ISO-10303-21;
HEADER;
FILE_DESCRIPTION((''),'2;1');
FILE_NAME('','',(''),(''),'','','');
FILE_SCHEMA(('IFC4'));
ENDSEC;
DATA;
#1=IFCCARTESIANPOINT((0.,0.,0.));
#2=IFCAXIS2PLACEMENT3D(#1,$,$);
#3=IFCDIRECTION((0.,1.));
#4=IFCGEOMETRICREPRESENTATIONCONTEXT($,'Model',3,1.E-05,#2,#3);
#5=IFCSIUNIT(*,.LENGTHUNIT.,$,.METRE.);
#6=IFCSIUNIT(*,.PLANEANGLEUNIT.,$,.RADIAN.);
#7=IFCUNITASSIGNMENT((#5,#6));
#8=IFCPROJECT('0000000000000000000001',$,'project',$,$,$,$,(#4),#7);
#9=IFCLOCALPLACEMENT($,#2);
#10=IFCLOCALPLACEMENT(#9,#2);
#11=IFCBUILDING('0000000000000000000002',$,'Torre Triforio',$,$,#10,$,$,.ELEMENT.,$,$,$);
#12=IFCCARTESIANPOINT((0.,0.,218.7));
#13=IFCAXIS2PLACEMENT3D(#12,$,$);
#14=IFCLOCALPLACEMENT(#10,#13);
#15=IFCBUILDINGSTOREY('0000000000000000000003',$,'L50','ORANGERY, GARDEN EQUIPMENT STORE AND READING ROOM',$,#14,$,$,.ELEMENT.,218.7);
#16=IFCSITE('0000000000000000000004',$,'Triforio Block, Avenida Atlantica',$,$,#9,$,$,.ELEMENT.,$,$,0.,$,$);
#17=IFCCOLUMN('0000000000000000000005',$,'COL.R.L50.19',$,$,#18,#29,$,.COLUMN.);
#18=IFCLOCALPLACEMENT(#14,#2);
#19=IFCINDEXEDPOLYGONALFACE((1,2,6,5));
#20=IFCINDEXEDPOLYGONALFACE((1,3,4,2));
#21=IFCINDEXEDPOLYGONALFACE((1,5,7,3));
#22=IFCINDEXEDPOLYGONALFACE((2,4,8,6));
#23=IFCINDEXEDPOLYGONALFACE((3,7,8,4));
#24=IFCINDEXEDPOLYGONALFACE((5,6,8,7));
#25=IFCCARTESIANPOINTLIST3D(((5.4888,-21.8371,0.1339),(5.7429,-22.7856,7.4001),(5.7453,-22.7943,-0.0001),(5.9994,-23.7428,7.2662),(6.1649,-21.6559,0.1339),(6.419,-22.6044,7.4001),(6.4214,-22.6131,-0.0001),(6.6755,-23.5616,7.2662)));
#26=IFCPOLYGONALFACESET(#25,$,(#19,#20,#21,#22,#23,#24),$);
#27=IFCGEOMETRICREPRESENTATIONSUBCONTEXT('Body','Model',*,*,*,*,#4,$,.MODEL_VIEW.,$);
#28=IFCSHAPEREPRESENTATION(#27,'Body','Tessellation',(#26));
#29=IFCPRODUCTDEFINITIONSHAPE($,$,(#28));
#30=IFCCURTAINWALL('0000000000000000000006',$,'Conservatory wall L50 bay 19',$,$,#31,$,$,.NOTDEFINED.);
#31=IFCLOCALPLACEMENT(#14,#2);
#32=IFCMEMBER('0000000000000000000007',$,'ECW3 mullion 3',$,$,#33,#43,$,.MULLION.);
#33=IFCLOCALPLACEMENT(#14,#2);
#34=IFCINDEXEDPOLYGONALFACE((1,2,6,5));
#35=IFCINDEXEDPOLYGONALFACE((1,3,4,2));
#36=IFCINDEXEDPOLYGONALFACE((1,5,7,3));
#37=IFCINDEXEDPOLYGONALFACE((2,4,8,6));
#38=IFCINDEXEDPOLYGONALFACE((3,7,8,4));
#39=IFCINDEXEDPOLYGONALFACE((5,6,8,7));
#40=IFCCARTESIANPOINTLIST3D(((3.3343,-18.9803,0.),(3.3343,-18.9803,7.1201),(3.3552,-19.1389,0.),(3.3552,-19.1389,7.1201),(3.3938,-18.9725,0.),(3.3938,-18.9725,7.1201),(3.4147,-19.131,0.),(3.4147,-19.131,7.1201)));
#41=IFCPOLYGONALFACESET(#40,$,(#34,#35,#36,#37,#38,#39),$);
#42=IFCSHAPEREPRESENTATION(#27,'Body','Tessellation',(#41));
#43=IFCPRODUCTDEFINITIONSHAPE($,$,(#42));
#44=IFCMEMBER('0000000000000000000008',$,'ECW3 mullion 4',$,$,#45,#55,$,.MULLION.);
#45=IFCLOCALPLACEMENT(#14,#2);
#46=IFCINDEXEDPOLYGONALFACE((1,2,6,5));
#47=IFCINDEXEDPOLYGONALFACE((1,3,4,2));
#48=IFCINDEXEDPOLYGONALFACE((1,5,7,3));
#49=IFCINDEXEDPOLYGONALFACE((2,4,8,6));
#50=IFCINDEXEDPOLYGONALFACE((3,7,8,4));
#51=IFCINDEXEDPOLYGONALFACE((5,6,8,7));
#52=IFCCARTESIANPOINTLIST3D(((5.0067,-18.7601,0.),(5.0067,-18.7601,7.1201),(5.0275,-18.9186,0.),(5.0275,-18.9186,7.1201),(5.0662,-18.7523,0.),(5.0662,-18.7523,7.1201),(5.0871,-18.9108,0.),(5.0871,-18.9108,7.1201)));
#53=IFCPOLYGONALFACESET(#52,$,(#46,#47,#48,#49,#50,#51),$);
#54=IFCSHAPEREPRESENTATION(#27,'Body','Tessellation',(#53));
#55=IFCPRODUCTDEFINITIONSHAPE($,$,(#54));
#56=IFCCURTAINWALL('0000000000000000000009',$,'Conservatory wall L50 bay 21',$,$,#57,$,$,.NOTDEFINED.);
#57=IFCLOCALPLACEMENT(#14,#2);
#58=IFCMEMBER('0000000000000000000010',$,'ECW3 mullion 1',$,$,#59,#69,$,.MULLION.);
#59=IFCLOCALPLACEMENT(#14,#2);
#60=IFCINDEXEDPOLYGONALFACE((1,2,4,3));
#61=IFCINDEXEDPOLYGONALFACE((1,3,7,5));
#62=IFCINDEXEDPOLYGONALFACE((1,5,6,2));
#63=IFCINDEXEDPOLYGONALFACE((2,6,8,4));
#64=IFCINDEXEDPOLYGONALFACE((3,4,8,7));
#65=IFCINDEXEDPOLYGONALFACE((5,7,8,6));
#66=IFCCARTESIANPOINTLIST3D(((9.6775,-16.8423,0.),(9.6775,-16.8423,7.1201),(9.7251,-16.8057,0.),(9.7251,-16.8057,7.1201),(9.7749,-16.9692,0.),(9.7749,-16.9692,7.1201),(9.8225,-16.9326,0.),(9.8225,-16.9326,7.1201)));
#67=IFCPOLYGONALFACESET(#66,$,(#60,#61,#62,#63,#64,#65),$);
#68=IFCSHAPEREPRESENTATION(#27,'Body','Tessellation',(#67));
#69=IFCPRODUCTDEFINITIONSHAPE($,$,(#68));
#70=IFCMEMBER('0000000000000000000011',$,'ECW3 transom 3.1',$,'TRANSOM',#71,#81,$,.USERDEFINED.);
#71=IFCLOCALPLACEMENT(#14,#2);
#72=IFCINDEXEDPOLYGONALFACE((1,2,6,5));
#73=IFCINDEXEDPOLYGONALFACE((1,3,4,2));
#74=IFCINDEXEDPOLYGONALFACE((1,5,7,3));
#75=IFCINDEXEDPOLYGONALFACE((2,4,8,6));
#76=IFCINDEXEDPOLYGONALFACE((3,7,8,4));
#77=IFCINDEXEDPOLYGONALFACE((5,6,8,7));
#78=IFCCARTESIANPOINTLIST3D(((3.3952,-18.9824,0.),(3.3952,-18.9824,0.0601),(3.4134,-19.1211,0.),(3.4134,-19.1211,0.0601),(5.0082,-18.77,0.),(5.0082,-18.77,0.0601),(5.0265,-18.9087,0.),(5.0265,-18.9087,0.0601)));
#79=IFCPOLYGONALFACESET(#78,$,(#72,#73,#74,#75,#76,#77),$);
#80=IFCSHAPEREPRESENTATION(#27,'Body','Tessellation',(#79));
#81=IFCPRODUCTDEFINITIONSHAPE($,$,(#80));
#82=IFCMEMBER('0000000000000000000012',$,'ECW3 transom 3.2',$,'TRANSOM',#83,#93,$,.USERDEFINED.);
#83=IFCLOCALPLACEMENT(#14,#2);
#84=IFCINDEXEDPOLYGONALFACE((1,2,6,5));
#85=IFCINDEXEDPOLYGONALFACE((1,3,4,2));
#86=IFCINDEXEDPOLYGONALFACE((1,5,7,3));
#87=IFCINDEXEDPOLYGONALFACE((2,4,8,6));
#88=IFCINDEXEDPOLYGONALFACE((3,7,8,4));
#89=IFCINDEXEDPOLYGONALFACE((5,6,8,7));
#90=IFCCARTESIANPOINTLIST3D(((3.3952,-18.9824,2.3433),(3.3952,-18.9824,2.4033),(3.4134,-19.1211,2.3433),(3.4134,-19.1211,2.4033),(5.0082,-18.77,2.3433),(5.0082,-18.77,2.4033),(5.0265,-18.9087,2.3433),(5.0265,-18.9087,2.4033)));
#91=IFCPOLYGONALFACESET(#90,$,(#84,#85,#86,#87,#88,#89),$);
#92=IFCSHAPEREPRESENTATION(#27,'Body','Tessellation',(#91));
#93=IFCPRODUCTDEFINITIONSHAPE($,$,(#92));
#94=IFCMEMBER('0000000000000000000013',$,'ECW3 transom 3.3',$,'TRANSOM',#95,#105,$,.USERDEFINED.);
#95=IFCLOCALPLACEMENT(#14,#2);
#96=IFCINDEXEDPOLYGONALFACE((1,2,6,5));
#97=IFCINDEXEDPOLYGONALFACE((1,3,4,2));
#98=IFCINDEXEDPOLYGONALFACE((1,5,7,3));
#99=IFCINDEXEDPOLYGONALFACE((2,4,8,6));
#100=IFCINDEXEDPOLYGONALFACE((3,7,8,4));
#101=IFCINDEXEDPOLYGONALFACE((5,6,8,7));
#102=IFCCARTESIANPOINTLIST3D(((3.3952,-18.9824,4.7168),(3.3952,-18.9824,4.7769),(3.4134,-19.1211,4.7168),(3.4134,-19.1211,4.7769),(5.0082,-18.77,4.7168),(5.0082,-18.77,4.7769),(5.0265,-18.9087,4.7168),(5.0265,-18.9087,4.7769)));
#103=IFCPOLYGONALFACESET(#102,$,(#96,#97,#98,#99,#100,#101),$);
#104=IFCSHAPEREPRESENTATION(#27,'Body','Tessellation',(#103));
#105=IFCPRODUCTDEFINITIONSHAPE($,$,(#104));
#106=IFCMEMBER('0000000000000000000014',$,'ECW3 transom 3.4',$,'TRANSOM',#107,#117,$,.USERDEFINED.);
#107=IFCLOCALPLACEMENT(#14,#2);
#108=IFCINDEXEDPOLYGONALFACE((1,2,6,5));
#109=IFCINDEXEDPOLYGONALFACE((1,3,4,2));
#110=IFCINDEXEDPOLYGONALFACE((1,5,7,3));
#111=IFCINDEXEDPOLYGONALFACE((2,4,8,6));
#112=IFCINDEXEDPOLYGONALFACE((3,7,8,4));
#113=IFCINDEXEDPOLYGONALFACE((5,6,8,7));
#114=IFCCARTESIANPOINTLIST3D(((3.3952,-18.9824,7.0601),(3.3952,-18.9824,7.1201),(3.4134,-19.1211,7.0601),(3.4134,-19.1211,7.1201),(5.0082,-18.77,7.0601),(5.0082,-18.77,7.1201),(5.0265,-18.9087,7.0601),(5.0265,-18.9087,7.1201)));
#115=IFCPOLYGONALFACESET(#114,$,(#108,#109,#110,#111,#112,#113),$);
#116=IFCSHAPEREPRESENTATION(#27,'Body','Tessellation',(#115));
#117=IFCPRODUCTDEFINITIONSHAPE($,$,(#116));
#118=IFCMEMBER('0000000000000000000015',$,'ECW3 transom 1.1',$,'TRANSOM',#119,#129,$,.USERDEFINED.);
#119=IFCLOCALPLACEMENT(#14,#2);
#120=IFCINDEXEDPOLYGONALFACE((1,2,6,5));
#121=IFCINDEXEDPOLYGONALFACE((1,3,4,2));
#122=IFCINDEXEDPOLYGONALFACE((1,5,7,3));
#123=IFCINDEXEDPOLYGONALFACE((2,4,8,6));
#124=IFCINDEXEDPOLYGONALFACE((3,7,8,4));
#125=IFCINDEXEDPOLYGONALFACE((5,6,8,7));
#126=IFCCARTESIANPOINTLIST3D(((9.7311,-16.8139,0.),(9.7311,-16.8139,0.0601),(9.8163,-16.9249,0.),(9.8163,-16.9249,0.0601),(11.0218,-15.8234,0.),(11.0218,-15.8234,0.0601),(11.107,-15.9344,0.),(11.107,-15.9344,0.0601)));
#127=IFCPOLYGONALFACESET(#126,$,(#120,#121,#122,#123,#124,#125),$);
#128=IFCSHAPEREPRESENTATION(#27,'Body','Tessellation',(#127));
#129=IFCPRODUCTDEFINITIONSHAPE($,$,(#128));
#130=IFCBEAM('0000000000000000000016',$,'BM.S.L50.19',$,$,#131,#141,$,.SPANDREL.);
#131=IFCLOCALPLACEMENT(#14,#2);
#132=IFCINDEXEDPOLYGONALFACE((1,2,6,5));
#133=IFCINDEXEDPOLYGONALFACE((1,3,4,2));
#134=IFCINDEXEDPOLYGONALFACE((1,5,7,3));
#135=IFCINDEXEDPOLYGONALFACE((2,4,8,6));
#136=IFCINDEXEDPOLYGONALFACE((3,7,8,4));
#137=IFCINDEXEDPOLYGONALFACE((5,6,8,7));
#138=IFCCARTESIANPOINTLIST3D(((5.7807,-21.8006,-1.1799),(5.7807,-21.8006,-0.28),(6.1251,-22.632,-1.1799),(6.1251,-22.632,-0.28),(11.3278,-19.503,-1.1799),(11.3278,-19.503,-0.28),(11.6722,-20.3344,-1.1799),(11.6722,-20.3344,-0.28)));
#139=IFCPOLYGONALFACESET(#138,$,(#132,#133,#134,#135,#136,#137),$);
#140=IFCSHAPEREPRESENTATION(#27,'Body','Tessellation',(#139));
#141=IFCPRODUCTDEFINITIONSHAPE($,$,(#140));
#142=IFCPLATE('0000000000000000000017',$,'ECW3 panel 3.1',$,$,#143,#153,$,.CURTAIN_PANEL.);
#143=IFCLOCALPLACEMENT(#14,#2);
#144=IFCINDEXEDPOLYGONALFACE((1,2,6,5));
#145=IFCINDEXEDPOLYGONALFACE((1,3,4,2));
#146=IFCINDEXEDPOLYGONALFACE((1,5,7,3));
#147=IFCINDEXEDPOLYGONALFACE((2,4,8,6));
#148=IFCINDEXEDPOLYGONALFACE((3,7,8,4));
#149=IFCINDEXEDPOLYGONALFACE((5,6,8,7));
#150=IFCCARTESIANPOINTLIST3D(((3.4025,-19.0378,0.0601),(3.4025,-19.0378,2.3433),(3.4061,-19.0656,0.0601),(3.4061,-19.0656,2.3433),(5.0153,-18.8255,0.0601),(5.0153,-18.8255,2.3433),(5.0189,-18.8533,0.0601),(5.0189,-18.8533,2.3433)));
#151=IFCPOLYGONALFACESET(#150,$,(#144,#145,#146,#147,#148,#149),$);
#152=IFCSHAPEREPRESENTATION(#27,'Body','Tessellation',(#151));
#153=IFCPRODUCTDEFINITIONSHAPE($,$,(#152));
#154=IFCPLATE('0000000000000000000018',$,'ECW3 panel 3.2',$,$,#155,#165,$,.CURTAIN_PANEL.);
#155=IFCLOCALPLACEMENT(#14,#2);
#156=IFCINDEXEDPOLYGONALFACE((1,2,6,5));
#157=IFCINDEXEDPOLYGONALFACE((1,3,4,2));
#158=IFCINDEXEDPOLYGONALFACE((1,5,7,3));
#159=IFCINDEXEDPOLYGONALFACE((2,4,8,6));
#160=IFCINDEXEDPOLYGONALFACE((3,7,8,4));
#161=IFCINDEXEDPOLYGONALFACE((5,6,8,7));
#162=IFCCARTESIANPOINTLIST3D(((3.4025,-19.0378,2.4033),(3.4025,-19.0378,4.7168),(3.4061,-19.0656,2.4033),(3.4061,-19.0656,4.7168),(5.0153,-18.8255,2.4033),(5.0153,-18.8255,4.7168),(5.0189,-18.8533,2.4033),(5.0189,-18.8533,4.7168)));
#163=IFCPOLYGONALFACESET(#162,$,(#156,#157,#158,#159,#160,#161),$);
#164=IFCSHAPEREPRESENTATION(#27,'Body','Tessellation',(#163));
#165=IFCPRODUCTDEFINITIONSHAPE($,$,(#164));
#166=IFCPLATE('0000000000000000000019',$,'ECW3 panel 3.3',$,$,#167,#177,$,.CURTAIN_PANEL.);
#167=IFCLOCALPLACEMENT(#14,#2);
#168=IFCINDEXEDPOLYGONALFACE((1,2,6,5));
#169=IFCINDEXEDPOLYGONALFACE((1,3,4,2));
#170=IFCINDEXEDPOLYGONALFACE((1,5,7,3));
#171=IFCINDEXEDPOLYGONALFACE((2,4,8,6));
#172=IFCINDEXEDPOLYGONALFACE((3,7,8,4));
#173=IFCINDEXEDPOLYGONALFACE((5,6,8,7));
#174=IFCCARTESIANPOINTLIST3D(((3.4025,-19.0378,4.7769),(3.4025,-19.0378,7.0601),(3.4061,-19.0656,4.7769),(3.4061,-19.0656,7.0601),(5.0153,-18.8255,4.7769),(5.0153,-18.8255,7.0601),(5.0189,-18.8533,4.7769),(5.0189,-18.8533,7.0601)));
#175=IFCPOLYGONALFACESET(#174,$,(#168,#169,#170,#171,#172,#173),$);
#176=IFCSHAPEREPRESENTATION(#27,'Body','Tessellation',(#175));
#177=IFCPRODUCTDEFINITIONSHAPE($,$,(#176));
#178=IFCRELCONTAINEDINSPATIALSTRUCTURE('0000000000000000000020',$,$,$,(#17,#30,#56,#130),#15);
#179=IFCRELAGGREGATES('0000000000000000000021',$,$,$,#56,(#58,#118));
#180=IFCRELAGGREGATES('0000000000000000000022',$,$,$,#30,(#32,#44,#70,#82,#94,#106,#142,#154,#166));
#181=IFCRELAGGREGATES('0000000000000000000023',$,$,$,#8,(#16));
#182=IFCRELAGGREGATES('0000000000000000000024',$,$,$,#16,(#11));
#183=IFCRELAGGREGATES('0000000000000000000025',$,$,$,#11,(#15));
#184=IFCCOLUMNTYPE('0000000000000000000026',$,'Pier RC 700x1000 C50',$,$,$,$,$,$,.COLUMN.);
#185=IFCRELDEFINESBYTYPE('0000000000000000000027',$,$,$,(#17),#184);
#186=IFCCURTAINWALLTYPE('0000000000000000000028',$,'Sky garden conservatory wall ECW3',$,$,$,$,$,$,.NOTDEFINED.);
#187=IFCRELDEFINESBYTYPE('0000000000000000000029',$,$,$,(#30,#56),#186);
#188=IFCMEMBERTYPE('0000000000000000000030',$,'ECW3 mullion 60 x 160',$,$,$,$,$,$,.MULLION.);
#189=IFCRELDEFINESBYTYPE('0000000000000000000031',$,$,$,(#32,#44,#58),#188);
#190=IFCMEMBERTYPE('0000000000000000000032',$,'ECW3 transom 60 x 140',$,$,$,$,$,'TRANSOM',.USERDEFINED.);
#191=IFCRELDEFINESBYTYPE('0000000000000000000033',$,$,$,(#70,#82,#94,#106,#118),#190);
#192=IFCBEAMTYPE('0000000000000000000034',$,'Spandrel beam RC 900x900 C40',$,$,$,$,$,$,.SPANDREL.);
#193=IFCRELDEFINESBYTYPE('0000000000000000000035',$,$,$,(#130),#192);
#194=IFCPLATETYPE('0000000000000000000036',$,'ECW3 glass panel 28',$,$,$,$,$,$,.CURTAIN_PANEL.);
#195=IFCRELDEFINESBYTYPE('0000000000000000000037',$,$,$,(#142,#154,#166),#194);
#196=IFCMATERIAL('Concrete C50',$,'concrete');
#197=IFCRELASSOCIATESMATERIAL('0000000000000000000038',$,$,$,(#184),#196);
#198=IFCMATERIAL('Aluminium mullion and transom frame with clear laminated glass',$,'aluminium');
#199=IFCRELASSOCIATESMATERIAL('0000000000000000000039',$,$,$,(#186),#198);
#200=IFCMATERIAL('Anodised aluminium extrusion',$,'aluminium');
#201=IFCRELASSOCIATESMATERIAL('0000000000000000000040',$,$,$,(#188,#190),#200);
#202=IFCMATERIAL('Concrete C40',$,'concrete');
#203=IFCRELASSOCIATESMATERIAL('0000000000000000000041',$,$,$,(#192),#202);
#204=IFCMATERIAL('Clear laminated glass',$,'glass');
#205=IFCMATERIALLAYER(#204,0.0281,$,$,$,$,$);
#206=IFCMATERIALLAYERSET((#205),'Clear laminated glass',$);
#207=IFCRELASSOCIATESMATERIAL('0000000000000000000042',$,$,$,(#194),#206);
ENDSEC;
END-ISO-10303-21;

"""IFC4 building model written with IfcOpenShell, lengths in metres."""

from ifc_helpers import new_model, si_unit, direction, frame, origin, origin_2d, place, context, subcontext, project, spatial, rectangle, extrude, material, layer, layer_set, material_profile, profile_set, type_object, element, aggregate, save


model = new_model("IFC4")

# Units and contexts
model_context = context("Model", 3, precision=1e-05, world=origin(), true_north=direction((0.0, 1.0)))
body_context = subcontext(model_context, "Body", "Model", "MODEL_VIEW")
ifc_project = project(units=[si_unit("LENGTHUNIT", "METRE"), si_unit("PLANEANGLEUNIT", "RADIAN")], contexts=[model_context])

# Site, building, storey
site_placement = place(None, origin())
site = spatial("IfcSite", under=ifc_project, at=site_placement, Name="Triforio Block, Avenida Atlantica", CompositionType="ELEMENT", RefElevation=0.0)
building_placement = place(site_placement, origin())
building = spatial("IfcBuilding", under=site, at=building_placement, Name="Torre Triforio", CompositionType="ELEMENT")
storey_placement = place(building_placement, frame((0.0, 0.0, 218.7)))
storey = spatial("IfcBuildingStorey", under=building, at=storey_placement, Name="L50", Description="ORANGERY, GARDEN EQUIPMENT STORE AND READING ROOM", CompositionType="ELEMENT", Elevation=218.7)

# Column
ifc_material_1 = material(Name="Concrete C50", Category="concrete")
ifc_material_profile_1 = material_profile(ifc_material_1, rectangle(XDim=0.7, YDim=1.0, at=origin_2d()), Name="RC 700x1000")
ifc_profile_set_1 = profile_set([ifc_material_profile_1], Name="Concrete C50")
column_type = type_object("IfcColumnType", Name="Pier RC 700x1000 C50", PredefinedType="COLUMN", material=ifc_profile_set_1)
column_placement = place(storey_placement, frame((5.9551, -22.2251, 0.0669), z_axis=(0.034662, -0.12936, 0.990992), x_axis=(0.965925, 0.258823, 0.0)))
element("IfcColumn", 1, at=column_placement, inside=storey, type_object=column_type, Name="COL.R.L50.19", PredefinedType="COLUMN", context=body_context, shape_type="SweptSolid", body=[
    extrude(rectangle(XDim=0.7, YDim=1.0, at=origin_2d()), origin(), (0.0, 0.0, 1.0), 7.3323),
])

# Curtain wall, members
ifc_material_2 = material(Name="Aluminium mullion and transom frame with clear laminated glass", Category="aluminium")
curtain_wall_type = type_object("IfcCurtainWallType", Name="Sky garden conservatory wall ECW3", PredefinedType="NOTDEFINED", material=ifc_material_2)
curtain_wall_1_placement = place(storey_placement, origin())
curtain_wall_1 = element("IfcCurtainWall", 2, at=curtain_wall_1_placement, inside=storey, type_object=curtain_wall_type, Name="Conservatory wall L50 bay 19", PredefinedType="NOTDEFINED")
ifc_material_3 = material(Name="Anodised aluminium extrusion", Category="aluminium")
ifc_material_profile_2 = material_profile(ifc_material_3, rectangle(XDim=0.1599, YDim=0.0601, at=origin_2d()), Name="ECW3 MULLION 60x160")
ifc_profile_set_2 = profile_set([ifc_material_profile_2], Name="Anodised aluminium extrusion")
member_type_1 = type_object("IfcMemberType", Name="ECW3 mullion 60 x 160", PredefinedType="MULLION", material=ifc_profile_set_2)
member_1_placement = place(storey_placement, frame((3.3745, -19.0557, 0.0), z_axis=(0.0, 0.0, 1.0), x_axis=(-0.130532, 0.991444, 0.0)))
member_1 = element("IfcMember", 3, at=member_1_placement, type_object=member_type_1, Name="ECW3 mullion 3", PredefinedType="MULLION", context=body_context, shape_type="SweptSolid", body=[
    extrude(rectangle(XDim=0.1599, YDim=0.0601, at=origin_2d()), origin(), (0.0, 0.0, 1.0), 7.1201),
])
member_2_placement = place(storey_placement, frame((5.0469, -18.8354, 0.0), z_axis=(0.0, 0.0, 1.0), x_axis=(-0.130532, 0.991444, 0.0)))
member_2 = element("IfcMember", 4, at=member_2_placement, type_object=member_type_1, Name="ECW3 mullion 4", PredefinedType="MULLION", context=body_context, shape_type="SweptSolid", body=[
    extrude(rectangle(XDim=0.1599, YDim=0.0601, at=origin_2d()), origin(), (0.0, 0.0, 1.0), 7.1201),
])

# Curtain wall, member
curtain_wall_2_placement = place(storey_placement, origin())
curtain_wall_2 = element("IfcCurtainWall", 5, at=curtain_wall_2_placement, inside=storey, type_object=curtain_wall_type, Name="Conservatory wall L50 bay 21", PredefinedType="NOTDEFINED")
member_3_placement = place(storey_placement, frame((9.75, -16.8875, 0.0), z_axis=(0.0, 0.0, 1.0), x_axis=(-0.608767, 0.793349, 0.0)))
member_3 = element("IfcMember", 6, at=member_3_placement, type_object=member_type_1, Name="ECW3 mullion 1", PredefinedType="MULLION", context=body_context, shape_type="SweptSolid", body=[
    extrude(rectangle(XDim=0.1599, YDim=0.0601, at=origin_2d()), origin(), (0.0, 0.0, 1.0), 7.1201),
])

# Members
ifc_material_profile_3 = material_profile(ifc_material_3, rectangle(XDim=0.1399, YDim=0.0601, at=origin_2d()), Name="ECW3 TRANSOM 60x140")
ifc_profile_set_3 = profile_set([ifc_material_profile_3], Name="Anodised aluminium extrusion")
member_type_2 = type_object("IfcMemberType", Name="ECW3 transom 60 x 140", ElementType="TRANSOM", PredefinedType="USERDEFINED", material=ifc_profile_set_3)
member_4_placement = place(storey_placement, frame((3.4043, -19.0518, 0.03), z_axis=(0.991442, 0.130552, 0.0), x_axis=(-0.130552, 0.991442, 0.0)))
member_4 = element("IfcMember", 7, at=member_4_placement, type_object=member_type_2, Name="ECW3 transom 3.1", ObjectType="TRANSOM", PredefinedType="USERDEFINED", context=body_context, shape_type="SweptSolid", body=[
    extrude(rectangle(XDim=0.1399, YDim=0.0601, at=origin_2d()), origin(), (0.0, 0.0, 1.0), 1.627),
])
member_5_placement = place(storey_placement, frame((3.4043, -19.0518, 2.3733), z_axis=(0.991442, 0.130552, 0.0), x_axis=(-0.130552, 0.991442, 0.0)))
member_5 = element("IfcMember", 8, at=member_5_placement, type_object=member_type_2, Name="ECW3 transom 3.2", ObjectType="TRANSOM", PredefinedType="USERDEFINED", context=body_context, shape_type="SweptSolid", body=[
    extrude(rectangle(XDim=0.1399, YDim=0.0601, at=origin_2d()), origin(), (0.0, 0.0, 1.0), 1.627),
])
member_6_placement = place(storey_placement, frame((3.4043, -19.0518, 4.7468), z_axis=(0.991442, 0.130552, 0.0), x_axis=(-0.130552, 0.991442, 0.0)))
member_6 = element("IfcMember", 9, at=member_6_placement, type_object=member_type_2, Name="ECW3 transom 3.3", ObjectType="TRANSOM", PredefinedType="USERDEFINED", context=body_context, shape_type="SweptSolid", body=[
    extrude(rectangle(XDim=0.1399, YDim=0.0601, at=origin_2d()), origin(), (0.0, 0.0, 1.0), 1.627),
])
member_7_placement = place(storey_placement, frame((3.4043, -19.0518, 7.0901), z_axis=(0.991442, 0.130552, 0.0), x_axis=(-0.130552, 0.991442, 0.0)))
member_7 = element("IfcMember", 10, at=member_7_placement, type_object=member_type_2, Name="ECW3 transom 3.4", ObjectType="TRANSOM", PredefinedType="USERDEFINED", context=body_context, shape_type="SweptSolid", body=[
    extrude(rectangle(XDim=0.1399, YDim=0.0601, at=origin_2d()), origin(), (0.0, 0.0, 1.0), 1.627),
])
member_8_placement = place(storey_placement, frame((9.7737, -16.8694, 0.03), z_axis=(0.793343, 0.608775, 0.0), x_axis=(-0.608775, 0.793343, 0.0)))
member_8 = element("IfcMember", 11, at=member_8_placement, type_object=member_type_2, Name="ECW3 transom 1.1", ObjectType="TRANSOM", PredefinedType="USERDEFINED", context=body_context, shape_type="SweptSolid", body=[
    extrude(rectangle(XDim=0.1399, YDim=0.0601, at=origin_2d()), origin(), (0.0, 0.0, 1.0), 1.627),
])
aggregate(curtain_wall_2, [member_3, member_8])

# Beam
ifc_material_4 = material(Name="Concrete C40", Category="concrete")
ifc_material_profile_4 = material_profile(ifc_material_4, rectangle(XDim=0.8999, YDim=0.8999, at=origin_2d()), Name="RC 900x900")
ifc_profile_set_4 = profile_set([ifc_material_profile_4], Name="Concrete C40")
beam_type = type_object("IfcBeamType", Name="Spandrel beam RC 900x900 C40", PredefinedType="SPANDREL", material=ifc_profile_set_4)
beam_placement = place(storey_placement, frame((5.9529, -22.2163, -0.73), z_axis=(0.923885, 0.382671, 0.0), x_axis=(-0.382671, 0.923885, 0.0)))
element("IfcBeam", 12, at=beam_placement, inside=storey, type_object=beam_type, Name="BM.S.L50.19", PredefinedType="SPANDREL", context=body_context, shape_type="SweptSolid", body=[
    extrude(rectangle(XDim=0.8999, YDim=0.8999, at=origin_2d()), origin(), (0.0, 0.0, 1.0), 6.0042),
])

# Plates
ifc_material_5 = material(Name="Clear laminated glass", Category="glass")
ifc_layer_1 = layer(ifc_material_5, 0.0281)
ifc_layer_set_1 = layer_set([ifc_layer_1], Name="Clear laminated glass")
plate_type = type_object("IfcPlateType", Name="ECW3 glass panel 28", PredefinedType="CURTAIN_PANEL", material=ifc_layer_set_1)
plate_1_placement = place(storey_placement, frame((4.2107, -18.9456, 0.0601), z_axis=(0.0, 0.0, 1.0), x_axis=(0.991444, 0.130532, 0.0)))
plate_1 = element("IfcPlate", 13, at=plate_1_placement, type_object=plate_type, Name="ECW3 panel 3.1", PredefinedType="CURTAIN_PANEL", context=body_context, shape_type="SweptSolid", body=[
    extrude(rectangle(XDim=1.6267, YDim=0.0281, at=origin_2d()), origin(), (0.0, 0.0, 1.0), 2.2832),
])
plate_2_placement = place(storey_placement, frame((4.2107, -18.9456, 2.4033), z_axis=(0.0, 0.0, 1.0), x_axis=(0.991444, 0.130532, 0.0)))
plate_2 = element("IfcPlate", 14, at=plate_2_placement, type_object=plate_type, Name="ECW3 panel 3.2", PredefinedType="CURTAIN_PANEL", context=body_context, shape_type="SweptSolid", body=[
    extrude(rectangle(XDim=1.6267, YDim=0.0281, at=origin_2d()), origin(), (0.0, 0.0, 1.0), 2.3135),
])
plate_3_placement = place(storey_placement, frame((4.2107, -18.9456, 4.7769), z_axis=(0.0, 0.0, 1.0), x_axis=(0.991444, 0.130532, 0.0)))
plate_3 = element("IfcPlate", 15, at=plate_3_placement, type_object=plate_type, Name="ECW3 panel 3.3", PredefinedType="CURTAIN_PANEL", context=body_context, shape_type="SweptSolid", body=[
    extrude(rectangle(XDim=1.6267, YDim=0.0281, at=origin_2d()), origin(), (0.0, 0.0, 1.0), 2.2832),
])
aggregate(curtain_wall_1, [member_1, member_2, member_4, member_5, member_6, member_7, plate_1, plate_2, plate_3])

save(model, "model.ifc")
